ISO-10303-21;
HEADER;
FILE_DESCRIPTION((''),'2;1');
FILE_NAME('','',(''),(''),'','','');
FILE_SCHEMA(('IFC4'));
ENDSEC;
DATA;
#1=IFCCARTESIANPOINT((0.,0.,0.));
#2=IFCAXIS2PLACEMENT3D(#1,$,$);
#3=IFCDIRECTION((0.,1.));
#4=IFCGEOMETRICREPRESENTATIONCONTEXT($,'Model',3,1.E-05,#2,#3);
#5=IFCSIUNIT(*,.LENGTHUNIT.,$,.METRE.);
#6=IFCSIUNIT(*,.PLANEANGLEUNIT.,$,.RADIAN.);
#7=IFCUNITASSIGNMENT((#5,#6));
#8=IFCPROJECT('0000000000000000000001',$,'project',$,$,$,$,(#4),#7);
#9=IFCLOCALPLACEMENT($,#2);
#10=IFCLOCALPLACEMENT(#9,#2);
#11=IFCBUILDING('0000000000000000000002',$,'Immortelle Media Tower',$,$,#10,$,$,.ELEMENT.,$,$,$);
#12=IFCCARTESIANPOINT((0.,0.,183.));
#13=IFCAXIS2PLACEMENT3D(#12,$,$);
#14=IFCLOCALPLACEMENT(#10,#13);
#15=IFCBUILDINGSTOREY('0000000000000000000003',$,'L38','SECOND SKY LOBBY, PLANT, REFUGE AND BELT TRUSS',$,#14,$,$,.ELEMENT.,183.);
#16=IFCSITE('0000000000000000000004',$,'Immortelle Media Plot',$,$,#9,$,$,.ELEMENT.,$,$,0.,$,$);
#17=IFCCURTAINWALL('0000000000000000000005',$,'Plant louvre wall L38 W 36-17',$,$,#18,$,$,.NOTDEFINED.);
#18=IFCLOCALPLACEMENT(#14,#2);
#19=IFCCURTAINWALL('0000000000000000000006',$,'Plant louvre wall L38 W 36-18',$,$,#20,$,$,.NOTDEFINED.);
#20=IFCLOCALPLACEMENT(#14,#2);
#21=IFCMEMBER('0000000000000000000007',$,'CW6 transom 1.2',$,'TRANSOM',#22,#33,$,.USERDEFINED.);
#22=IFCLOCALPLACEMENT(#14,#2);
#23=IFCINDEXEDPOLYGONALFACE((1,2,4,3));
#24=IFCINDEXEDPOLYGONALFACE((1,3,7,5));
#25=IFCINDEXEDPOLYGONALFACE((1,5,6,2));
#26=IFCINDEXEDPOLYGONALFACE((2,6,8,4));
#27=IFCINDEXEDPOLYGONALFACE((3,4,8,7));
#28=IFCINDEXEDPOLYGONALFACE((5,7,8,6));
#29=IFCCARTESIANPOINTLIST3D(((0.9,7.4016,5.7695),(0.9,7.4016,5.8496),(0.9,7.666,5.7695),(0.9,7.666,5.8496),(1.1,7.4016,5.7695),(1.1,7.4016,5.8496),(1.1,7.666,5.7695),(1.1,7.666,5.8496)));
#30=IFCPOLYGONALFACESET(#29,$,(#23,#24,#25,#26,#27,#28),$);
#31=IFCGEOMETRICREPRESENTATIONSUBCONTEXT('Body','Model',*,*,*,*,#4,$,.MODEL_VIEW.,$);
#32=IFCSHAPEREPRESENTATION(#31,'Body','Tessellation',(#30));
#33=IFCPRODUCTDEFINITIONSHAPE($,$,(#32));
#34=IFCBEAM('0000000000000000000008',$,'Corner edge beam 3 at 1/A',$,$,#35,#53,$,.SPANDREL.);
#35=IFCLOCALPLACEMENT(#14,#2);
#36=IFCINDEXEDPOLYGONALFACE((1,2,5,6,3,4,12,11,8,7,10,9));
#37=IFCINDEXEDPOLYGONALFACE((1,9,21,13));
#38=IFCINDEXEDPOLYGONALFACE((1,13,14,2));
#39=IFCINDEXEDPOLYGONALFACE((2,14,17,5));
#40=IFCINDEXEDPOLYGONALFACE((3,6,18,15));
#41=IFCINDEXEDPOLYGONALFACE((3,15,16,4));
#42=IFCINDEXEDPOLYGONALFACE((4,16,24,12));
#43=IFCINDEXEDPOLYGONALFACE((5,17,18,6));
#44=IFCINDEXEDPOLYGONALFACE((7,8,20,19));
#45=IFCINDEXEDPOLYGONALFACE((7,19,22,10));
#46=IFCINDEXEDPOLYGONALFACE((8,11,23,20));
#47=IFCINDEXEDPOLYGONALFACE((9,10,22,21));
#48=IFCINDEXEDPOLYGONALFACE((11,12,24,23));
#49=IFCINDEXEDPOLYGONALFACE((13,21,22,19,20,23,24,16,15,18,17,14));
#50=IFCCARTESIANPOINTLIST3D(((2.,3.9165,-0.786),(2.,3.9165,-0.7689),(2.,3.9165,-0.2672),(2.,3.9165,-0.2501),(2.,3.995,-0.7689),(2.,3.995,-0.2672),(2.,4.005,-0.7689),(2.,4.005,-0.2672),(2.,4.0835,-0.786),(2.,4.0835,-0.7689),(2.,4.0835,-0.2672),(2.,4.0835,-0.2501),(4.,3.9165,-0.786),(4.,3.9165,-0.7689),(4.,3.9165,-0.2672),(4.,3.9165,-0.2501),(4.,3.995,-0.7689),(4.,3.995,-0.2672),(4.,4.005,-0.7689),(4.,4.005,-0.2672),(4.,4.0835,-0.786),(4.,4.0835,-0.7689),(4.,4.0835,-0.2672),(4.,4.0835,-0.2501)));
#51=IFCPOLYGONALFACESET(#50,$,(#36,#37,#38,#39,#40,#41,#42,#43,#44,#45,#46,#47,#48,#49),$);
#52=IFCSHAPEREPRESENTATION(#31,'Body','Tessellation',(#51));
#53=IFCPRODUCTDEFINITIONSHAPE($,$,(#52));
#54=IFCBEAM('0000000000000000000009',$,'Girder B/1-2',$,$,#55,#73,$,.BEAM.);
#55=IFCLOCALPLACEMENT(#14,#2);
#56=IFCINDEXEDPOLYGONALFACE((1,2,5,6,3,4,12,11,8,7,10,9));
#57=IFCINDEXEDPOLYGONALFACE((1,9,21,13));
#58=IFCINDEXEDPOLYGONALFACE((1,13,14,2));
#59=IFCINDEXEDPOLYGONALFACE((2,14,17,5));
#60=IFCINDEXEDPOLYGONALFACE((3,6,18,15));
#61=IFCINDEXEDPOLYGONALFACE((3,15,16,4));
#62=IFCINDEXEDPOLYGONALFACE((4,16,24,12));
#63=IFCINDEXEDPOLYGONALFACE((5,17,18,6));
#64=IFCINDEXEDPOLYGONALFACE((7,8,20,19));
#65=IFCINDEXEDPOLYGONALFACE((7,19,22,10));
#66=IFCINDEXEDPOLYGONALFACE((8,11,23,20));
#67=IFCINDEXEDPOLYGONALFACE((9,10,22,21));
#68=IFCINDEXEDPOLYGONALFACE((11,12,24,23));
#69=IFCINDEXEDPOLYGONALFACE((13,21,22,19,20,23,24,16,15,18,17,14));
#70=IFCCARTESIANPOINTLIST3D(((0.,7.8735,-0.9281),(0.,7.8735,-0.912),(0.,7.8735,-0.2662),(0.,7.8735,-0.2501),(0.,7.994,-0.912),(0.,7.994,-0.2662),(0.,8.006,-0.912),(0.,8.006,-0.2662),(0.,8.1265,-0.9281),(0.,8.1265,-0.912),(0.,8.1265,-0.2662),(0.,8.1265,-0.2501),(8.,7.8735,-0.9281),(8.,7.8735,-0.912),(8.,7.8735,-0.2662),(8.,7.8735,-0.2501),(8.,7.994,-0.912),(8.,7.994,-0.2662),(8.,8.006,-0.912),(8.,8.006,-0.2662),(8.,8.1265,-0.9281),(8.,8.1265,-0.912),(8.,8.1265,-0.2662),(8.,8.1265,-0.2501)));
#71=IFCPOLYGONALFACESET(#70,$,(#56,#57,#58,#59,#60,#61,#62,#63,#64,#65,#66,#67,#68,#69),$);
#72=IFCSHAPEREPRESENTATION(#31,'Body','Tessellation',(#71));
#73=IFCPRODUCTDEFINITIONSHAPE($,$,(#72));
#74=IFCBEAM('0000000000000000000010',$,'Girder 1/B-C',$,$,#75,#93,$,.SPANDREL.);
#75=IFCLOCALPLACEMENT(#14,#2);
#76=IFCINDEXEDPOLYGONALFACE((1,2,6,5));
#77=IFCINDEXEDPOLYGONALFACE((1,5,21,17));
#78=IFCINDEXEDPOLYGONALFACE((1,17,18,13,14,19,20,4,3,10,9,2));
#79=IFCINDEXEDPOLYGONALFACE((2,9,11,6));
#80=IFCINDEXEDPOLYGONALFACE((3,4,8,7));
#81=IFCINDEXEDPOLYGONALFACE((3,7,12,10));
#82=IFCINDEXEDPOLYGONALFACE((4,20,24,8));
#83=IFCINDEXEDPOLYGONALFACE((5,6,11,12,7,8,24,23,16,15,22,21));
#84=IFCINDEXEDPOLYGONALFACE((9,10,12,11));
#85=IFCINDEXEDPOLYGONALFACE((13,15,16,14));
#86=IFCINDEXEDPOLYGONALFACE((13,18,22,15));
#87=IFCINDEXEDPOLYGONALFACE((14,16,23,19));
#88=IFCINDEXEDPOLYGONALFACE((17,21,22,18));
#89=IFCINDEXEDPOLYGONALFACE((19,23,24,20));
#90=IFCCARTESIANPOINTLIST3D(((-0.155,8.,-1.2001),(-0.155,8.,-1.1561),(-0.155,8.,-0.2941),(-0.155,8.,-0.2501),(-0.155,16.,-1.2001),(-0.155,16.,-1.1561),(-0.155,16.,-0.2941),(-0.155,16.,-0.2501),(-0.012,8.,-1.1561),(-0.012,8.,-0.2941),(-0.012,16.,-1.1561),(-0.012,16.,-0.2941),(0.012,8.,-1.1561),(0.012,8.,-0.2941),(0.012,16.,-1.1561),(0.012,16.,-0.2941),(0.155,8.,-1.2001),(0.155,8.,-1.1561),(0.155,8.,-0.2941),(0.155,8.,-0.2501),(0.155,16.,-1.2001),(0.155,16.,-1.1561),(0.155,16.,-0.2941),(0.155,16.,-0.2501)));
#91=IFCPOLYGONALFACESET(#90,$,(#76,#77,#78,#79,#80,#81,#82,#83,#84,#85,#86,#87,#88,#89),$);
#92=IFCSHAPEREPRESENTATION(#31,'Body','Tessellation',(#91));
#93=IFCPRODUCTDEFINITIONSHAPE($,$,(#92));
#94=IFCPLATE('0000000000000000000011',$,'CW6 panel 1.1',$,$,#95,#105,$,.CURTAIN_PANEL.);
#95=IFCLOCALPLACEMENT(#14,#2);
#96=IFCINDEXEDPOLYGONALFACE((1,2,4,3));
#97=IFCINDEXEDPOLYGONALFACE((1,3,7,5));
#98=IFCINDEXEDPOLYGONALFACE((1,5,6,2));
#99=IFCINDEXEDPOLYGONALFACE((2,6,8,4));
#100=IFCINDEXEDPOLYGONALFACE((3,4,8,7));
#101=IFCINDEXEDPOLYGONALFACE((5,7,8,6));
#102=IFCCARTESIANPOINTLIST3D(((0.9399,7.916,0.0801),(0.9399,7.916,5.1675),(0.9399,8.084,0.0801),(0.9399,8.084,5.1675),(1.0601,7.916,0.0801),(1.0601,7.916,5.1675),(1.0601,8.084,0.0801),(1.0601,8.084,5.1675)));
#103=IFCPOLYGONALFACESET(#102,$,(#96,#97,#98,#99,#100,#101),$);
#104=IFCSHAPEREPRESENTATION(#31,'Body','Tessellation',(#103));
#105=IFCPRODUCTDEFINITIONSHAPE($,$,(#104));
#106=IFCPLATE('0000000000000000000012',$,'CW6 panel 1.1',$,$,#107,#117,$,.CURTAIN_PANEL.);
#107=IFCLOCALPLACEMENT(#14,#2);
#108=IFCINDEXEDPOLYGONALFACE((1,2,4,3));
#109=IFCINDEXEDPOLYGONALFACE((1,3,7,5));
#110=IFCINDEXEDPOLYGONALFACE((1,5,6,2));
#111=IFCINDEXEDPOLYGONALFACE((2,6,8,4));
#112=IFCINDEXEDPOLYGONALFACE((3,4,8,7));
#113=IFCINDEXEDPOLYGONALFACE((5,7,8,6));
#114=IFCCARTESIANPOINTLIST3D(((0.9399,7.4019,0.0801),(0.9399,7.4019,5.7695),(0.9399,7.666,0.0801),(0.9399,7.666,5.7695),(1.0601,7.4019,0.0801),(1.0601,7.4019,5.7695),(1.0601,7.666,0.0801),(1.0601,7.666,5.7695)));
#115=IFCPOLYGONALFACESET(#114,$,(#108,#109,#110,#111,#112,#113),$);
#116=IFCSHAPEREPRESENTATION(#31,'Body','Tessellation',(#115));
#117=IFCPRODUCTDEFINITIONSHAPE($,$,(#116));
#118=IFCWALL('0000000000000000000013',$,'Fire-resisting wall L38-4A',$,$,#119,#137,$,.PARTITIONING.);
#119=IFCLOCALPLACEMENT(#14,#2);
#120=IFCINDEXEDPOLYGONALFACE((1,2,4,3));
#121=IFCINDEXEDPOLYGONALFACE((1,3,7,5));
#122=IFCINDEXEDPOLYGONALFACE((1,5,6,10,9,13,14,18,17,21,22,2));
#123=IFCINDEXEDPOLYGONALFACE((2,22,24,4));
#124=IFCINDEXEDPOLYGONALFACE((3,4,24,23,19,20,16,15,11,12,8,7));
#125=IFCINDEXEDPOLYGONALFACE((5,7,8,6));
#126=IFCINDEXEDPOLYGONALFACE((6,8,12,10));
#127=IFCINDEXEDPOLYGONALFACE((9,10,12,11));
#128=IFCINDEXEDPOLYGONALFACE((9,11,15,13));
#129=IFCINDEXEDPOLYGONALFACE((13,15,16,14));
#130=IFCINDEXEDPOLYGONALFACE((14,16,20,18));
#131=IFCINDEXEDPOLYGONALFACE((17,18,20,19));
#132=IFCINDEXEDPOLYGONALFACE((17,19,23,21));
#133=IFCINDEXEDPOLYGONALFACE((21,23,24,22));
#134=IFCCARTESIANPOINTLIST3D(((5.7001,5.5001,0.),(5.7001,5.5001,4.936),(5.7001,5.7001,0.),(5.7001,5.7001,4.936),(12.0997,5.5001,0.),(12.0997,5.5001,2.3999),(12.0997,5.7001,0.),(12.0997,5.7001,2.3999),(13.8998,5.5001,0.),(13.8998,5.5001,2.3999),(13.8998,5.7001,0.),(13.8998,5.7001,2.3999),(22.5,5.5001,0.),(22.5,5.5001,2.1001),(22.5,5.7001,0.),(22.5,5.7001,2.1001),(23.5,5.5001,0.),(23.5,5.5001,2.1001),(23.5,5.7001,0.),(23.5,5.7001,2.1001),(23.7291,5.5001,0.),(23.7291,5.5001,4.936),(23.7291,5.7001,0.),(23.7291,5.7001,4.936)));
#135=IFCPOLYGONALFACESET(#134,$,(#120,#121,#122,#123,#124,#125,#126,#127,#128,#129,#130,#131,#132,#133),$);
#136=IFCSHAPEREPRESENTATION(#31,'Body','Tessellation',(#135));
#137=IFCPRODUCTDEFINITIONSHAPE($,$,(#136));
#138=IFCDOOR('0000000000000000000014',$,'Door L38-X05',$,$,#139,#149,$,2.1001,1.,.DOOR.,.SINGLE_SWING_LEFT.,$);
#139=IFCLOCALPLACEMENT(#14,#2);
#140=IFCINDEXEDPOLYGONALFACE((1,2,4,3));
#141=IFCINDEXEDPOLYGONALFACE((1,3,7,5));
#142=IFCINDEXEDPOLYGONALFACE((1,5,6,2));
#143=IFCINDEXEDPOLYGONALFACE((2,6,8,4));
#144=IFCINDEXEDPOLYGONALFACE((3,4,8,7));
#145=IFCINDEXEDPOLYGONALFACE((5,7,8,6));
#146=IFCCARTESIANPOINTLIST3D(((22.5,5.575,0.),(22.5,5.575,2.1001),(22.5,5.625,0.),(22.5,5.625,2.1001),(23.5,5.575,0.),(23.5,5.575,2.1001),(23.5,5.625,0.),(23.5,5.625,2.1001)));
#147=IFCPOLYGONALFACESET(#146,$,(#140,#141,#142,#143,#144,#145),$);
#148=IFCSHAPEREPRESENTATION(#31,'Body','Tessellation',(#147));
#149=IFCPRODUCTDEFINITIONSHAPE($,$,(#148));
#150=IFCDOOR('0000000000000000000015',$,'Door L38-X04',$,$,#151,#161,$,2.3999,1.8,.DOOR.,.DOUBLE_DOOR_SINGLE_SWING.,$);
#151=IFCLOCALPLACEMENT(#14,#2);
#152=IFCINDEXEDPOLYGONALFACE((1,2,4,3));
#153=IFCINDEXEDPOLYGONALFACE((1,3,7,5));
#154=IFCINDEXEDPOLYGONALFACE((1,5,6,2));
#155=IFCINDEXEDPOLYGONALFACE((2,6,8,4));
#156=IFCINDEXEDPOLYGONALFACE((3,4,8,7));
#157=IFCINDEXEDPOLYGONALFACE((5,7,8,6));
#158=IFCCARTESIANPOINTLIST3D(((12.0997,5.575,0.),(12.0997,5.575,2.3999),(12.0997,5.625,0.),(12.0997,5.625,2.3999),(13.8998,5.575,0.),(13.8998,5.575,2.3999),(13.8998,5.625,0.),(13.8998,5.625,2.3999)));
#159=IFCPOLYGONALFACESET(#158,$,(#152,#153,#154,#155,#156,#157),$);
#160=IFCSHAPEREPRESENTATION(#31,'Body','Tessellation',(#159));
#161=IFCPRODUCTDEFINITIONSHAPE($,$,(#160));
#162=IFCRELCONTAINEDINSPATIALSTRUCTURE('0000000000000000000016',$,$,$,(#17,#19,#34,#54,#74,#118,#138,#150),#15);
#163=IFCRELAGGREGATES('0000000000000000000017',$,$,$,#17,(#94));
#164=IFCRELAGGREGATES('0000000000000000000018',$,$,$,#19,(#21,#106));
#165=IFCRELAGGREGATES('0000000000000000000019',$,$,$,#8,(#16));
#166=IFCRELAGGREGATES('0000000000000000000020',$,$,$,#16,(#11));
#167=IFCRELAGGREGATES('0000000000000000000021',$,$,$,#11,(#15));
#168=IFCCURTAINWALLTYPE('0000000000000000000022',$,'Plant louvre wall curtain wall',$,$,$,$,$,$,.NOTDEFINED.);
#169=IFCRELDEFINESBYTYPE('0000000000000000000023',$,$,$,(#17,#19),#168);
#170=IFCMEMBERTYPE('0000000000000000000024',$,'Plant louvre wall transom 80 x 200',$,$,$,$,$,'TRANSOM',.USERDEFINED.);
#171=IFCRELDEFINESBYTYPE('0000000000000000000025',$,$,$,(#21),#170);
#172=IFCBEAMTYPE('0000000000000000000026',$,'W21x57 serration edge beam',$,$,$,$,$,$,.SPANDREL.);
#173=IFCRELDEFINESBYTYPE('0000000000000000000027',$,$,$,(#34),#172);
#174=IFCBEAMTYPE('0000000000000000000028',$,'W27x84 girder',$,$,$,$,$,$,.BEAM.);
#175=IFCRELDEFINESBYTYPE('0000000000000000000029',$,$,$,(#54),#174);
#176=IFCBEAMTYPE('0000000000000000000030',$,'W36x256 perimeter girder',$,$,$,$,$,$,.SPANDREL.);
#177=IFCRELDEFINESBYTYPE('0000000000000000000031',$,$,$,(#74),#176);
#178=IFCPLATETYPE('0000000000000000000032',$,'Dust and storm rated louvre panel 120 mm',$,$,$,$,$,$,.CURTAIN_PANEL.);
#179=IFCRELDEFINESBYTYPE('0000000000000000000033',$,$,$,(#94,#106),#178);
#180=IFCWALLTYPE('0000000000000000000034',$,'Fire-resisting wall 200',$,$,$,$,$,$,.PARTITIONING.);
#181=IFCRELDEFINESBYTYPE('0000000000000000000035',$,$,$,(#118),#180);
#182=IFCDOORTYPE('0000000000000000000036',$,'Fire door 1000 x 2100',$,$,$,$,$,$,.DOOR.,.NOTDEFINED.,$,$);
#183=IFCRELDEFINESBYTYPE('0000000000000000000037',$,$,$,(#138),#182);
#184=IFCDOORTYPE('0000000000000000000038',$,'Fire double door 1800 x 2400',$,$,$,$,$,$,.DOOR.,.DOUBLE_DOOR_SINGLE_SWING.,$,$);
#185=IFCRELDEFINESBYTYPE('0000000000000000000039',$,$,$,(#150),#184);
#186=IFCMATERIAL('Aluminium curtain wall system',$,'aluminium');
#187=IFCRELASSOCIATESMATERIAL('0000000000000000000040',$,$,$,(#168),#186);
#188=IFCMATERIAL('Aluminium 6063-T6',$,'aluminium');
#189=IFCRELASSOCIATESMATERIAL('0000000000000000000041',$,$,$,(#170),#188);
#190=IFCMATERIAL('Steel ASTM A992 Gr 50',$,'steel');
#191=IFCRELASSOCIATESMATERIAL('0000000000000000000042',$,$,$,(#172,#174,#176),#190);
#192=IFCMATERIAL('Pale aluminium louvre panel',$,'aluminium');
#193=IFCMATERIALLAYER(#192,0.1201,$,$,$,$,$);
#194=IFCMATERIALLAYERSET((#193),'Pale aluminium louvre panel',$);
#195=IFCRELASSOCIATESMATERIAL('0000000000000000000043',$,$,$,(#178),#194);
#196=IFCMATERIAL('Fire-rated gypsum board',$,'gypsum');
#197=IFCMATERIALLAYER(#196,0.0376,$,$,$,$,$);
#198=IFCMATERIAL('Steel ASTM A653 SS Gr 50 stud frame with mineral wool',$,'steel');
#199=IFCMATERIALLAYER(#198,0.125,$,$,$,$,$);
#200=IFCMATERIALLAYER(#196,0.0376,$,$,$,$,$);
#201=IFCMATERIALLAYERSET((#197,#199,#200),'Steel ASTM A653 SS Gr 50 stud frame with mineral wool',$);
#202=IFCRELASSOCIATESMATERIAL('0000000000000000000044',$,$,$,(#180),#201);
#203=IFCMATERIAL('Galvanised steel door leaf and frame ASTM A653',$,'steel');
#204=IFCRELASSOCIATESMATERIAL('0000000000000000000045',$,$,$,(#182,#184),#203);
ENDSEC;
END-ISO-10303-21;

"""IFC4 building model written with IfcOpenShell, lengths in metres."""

from ifc_helpers import new_model, si_unit, direction, frame, frame_2d, origin, origin_2d, place, context, subcontext, project, spatial, rectangle, i_section, extrude, material, layer, layer_set, material_profile, profile_set, type_object, element, fill, aggregate, save


model = new_model("IFC4")

# Units and contexts
model_context = context("Model", 3, precision=1e-05, world=origin(), true_north=direction((0.0, 1.0)))
body_context = subcontext(model_context, "Body", "Model", "MODEL_VIEW")
ifc_project = project(units=[si_unit("LENGTHUNIT", "METRE"), si_unit("PLANEANGLEUNIT", "RADIAN")], contexts=[model_context])

# Site, building, storey
site_placement = place(None, origin())
site = spatial("IfcSite", under=ifc_project, at=site_placement, Name="Immortelle Media Plot", CompositionType="ELEMENT", RefElevation=0.0)
building_placement = place(site_placement, origin())
building = spatial("IfcBuilding", under=site, at=building_placement, Name="Immortelle Media Tower", CompositionType="ELEMENT")
storey_placement = place(building_placement, frame((0.0, 0.0, 183.0)))
storey = spatial("IfcBuildingStorey", under=building, at=storey_placement, Name="L38", Description="SECOND SKY LOBBY, PLANT, REFUGE AND BELT TRUSS", CompositionType="ELEMENT", Elevation=183.0)

# Shared definitions
ifc_material_1 = material(Name="Steel ASTM A992 Gr 50", Category="steel")

# Curtain wall
ifc_material_2 = material(Name="Aluminium curtain wall system", Category="aluminium")
curtain_wall_type = type_object("IfcCurtainWallType", Name="Plant louvre wall curtain wall", PredefinedType="NOTDEFINED", material=ifc_material_2)
curtain_wall_1_placement = place(storey_placement, origin())
curtain_wall_1 = element("IfcCurtainWall", 1, at=curtain_wall_1_placement, inside=storey, type_object=curtain_wall_type, Name="Plant louvre wall L38 W 36-17", PredefinedType="NOTDEFINED")
ifc_material_3 = material(Name="Aluminium 6063-T6", Category="aluminium")

# Curtain wall, member
curtain_wall_2_placement = place(storey_placement, origin())
curtain_wall_2 = element("IfcCurtainWall", 2, at=curtain_wall_2_placement, inside=storey, type_object=curtain_wall_type, Name="Plant louvre wall L38 W 36-18", PredefinedType="NOTDEFINED")
ifc_material_profile_1 = material_profile(ifc_material_3, rectangle(XDim=0.2, YDim=0.0801, at=origin_2d()), Name="AL 80x200")
ifc_profile_set_1 = profile_set([ifc_material_profile_1], Name="Aluminium 6063-T6")
member_type_1 = type_object("IfcMemberType", Name="Plant louvre wall transom 80 x 200", ElementType="TRANSOM", PredefinedType="USERDEFINED", material=ifc_profile_set_1)
member_1_placement = place(storey_placement, frame((1.0, 7.666, 5.8096), z_axis=(0.0, -1.0, 0.0), x_axis=(1.0, 0.0, 0.0)))
member_1 = element("IfcMember", 3, at=member_1_placement, type_object=member_type_1, Name="CW6 transom 1.2", ObjectType="TRANSOM", PredefinedType="USERDEFINED", context=body_context, shape_type="SweptSolid", body=[
    extrude(rectangle(XDim=0.2, YDim=0.0801, at=origin_2d()), origin(), (0.0, 0.0, 1.0), 0.2644),
])

# Beams
ifc_material_profile_2 = material_profile(ifc_material_1, i_section(OverallWidth=0.167, OverallDepth=0.5359, WebThickness=0.01, FlangeThickness=0.0171, at=origin_2d()), Name="W21x57")
ifc_profile_set_2 = profile_set([ifc_material_profile_2], Name="Steel ASTM A992 Gr 50")
beam_type_1 = type_object("IfcBeamType", Name="W21x57 serration edge beam", PredefinedType="SPANDREL", material=ifc_profile_set_2)
beam_1_placement = place(storey_placement, frame((4.0, 4.0, -0.5181), z_axis=(-1.0, 0.0, 0.0), x_axis=(0.0, -1.0, 0.0)))
element("IfcBeam", 4, at=beam_1_placement, inside=storey, type_object=beam_type_1, Name="Corner edge beam 3 at 1/A", PredefinedType="SPANDREL", context=body_context, shape_type="SweptSolid", body=[
    extrude(i_section(OverallWidth=0.167, OverallDepth=0.5359, WebThickness=0.01, FlangeThickness=0.0171, at=origin_2d()), origin(), (0.0, 0.0, 1.0), 2.0),
])
ifc_material_profile_3 = material_profile(ifc_material_1, i_section(OverallWidth=0.2529, OverallDepth=0.678, WebThickness=0.012, FlangeThickness=0.0161, at=origin_2d()), Name="W27x84")
ifc_profile_set_3 = profile_set([ifc_material_profile_3], Name="Steel ASTM A992 Gr 50")
beam_type_2 = type_object("IfcBeamType", Name="W27x84 girder", PredefinedType="BEAM", material=ifc_profile_set_3)
beam_2_placement = place(storey_placement, frame((0.0, 8.0, -0.5891), z_axis=(1.0, 0.0, 0.0), x_axis=(0.0, 1.0, 0.0)))
element("IfcBeam", 5, at=beam_2_placement, inside=storey, type_object=beam_type_2, Name="Girder B/1-2", PredefinedType="BEAM", context=body_context, shape_type="SweptSolid", body=[
    extrude(i_section(OverallWidth=0.2529, OverallDepth=0.678, WebThickness=0.012, FlangeThickness=0.0161, at=origin_2d()), origin(), (0.0, 0.0, 1.0), 8.0),
])
ifc_material_profile_4 = material_profile(ifc_material_1, i_section(OverallWidth=0.3101, OverallDepth=0.95, WebThickness=0.0239, FlangeThickness=0.0439, at=origin_2d()), Name="W36x256")
ifc_profile_set_4 = profile_set([ifc_material_profile_4], Name="Steel ASTM A992 Gr 50")
beam_type_3 = type_object("IfcBeamType", Name="W36x256 perimeter girder", PredefinedType="SPANDREL", material=ifc_profile_set_4)
beam_3_placement = place(storey_placement, frame((0.0, 8.0, -0.7251), z_axis=(0.0, 1.0, 0.0), x_axis=(-1.0, 0.0, 0.0)))
element("IfcBeam", 6, at=beam_3_placement, inside=storey, type_object=beam_type_3, Name="Girder 1/B-C", PredefinedType="SPANDREL", context=body_context, shape_type="SweptSolid", body=[
    extrude(i_section(OverallWidth=0.3101, OverallDepth=0.95, WebThickness=0.0239, FlangeThickness=0.0439, at=origin_2d()), origin(), (0.0, 0.0, 1.0), 8.0),
])

# Plates
ifc_material_4 = material(Name="Pale aluminium louvre panel", Category="aluminium")
ifc_layer_1 = layer(ifc_material_4, 0.1201)
ifc_layer_set_1 = layer_set([ifc_layer_1], Name="Pale aluminium louvre panel")
plate_type = type_object("IfcPlateType", Name="Dust and storm rated louvre panel 120 mm", PredefinedType="CURTAIN_PANEL", material=ifc_layer_set_1)
plate_1_placement = place(storey_placement, frame((1.0, 8.0, 0.0801), z_axis=(0.0, 0.0, 1.0), x_axis=(0.0, -1.0, 0.0)))
plate_1 = element("IfcPlate", 7, at=plate_1_placement, type_object=plate_type, Name="CW6 panel 1.1", PredefinedType="CURTAIN_PANEL", context=body_context, shape_type="SweptSolid", body=[
    extrude(rectangle(XDim=0.168, YDim=0.1201, at=origin_2d()), origin(), (0.0, 0.0, 1.0), 5.0874),
])
aggregate(curtain_wall_1, [plate_1])
plate_2_placement = place(storey_placement, frame((1.0, 7.5339, 0.0801), z_axis=(0.0, 0.0, 1.0), x_axis=(0.0, -1.0, 0.0)))
plate_2 = element("IfcPlate", 8, at=plate_2_placement, type_object=plate_type, Name="CW6 panel 1.1", PredefinedType="CURTAIN_PANEL", context=body_context, shape_type="SweptSolid", body=[
    extrude(rectangle(XDim=0.2642, YDim=0.1201, at=origin_2d()), origin(), (0.0, 0.0, 1.0), 5.6895),
])
aggregate(curtain_wall_2, [member_1, plate_2])

# Wall, openings, doors
ifc_material_5 = material(Name="Fire-rated gypsum board", Category="gypsum")
ifc_layer_2 = layer(ifc_material_5, 0.0376)
ifc_material_6 = material(Name="Steel ASTM A653 SS Gr 50 stud frame with mineral wool", Category="steel")
ifc_layer_3 = layer(ifc_material_6, 0.125)
ifc_layer_4 = layer(ifc_material_5, 0.0376)
ifc_layer_set_2 = layer_set([ifc_layer_2, ifc_layer_3, ifc_layer_4], Name="Steel ASTM A653 SS Gr 50 stud frame with mineral wool")
wall_type_1 = type_object("IfcWallType", Name="Fire-resisting wall 200", PredefinedType="PARTITIONING", material=ifc_layer_set_2)
wall_1_placement = place(storey_placement, frame((5.7, 5.6001, 0.0), z_axis=(0.0, 0.0, 1.0), x_axis=(1.0, 0.0, 0.0)))
wall_1 = element("IfcWall", 9, at=wall_1_placement, inside=storey, type_object=wall_type_1, Name="Fire-resisting wall L38-4A", PredefinedType="PARTITIONING", context=body_context, shape_type="SweptSolid", body=[
    extrude(rectangle(XDim=18.0291, YDim=0.2, at=frame_2d((9.0146, 0.0))), origin(), (0.0, 0.0, 1.0), 4.936),
])
opening_1_placement = place(wall_1_placement, frame((6.3999, 0.0, 0.0)))
opening_1 = element("IfcOpeningElement", 10, at=opening_1_placement, cuts=wall_1, PredefinedType="OPENING", context=body_context, shape_type="SweptSolid", body=[
    extrude(rectangle(XDim=1.8, YDim=2.3999, at=frame_2d((0.8999, 1.2))), frame((0.0, 0.1099, 0.0), z_axis=(0.0, -1.0, 0.0), x_axis=(1.0, 0.0, 0.0)), (0.0, 0.0, 1.0), 0.22),
])
opening_2_placement = place(wall_1_placement, frame((16.8, 0.0, 0.0)))
opening_2 = element("IfcOpeningElement", 11, at=opening_2_placement, cuts=wall_1, PredefinedType="OPENING", context=body_context, shape_type="SweptSolid", body=[
    extrude(rectangle(XDim=1.0, YDim=2.1001, at=frame_2d((0.5, 1.05))), frame((0.0, 0.1099, 0.0), z_axis=(0.0, -1.0, 0.0), x_axis=(1.0, 0.0, 0.0)), (0.0, 0.0, 1.0), 0.22),
])
ifc_material_7 = material(Name="Galvanised steel door leaf and frame ASTM A653", Category="steel")
door_type_1 = type_object("IfcDoorType", Name="Fire door 1000 x 2100", OperationType="NOTDEFINED", PredefinedType="DOOR", material=ifc_material_7)
door_1_placement = place(opening_2_placement, origin())
door_1 = element("IfcDoor", 12, at=door_1_placement, inside=storey, type_object=door_type_1, Name="Door L38-X05", OperationType="SINGLE_SWING_LEFT", OverallHeight=2.1001, OverallWidth=1.0, PredefinedType="DOOR", context=body_context, shape_type="SweptSolid", body=[
    extrude(rectangle(XDim=1.0, YDim=2.1001, at=frame_2d((0.5, 1.05))), frame((0.0, 0.0249, 0.0), z_axis=(0.0, -1.0, 0.0), x_axis=(1.0, 0.0, 0.0)), (0.0, 0.0, 1.0), 0.05),
])
fill(opening_2, door_1)
door_type_2 = type_object("IfcDoorType", Name="Fire double door 1800 x 2400", OperationType="DOUBLE_DOOR_SINGLE_SWING", PredefinedType="DOOR", material=ifc_material_7)
door_2_placement = place(opening_1_placement, origin())
door_2 = element("IfcDoor", 13, at=door_2_placement, inside=storey, type_object=door_type_2, Name="Door L38-X04", OperationType="DOUBLE_DOOR_SINGLE_SWING", OverallHeight=2.3999, OverallWidth=1.8, PredefinedType="DOOR", context=body_context, shape_type="SweptSolid", body=[
    extrude(rectangle(XDim=1.8, YDim=2.3999, at=frame_2d((0.8999, 1.2))), frame((0.0, 0.0249, 0.0), z_axis=(0.0, -1.0, 0.0), x_axis=(1.0, 0.0, 0.0)), (0.0, 0.0, 1.0), 0.05),
])
fill(opening_1, door_2)

save(model, "model.ifc")
